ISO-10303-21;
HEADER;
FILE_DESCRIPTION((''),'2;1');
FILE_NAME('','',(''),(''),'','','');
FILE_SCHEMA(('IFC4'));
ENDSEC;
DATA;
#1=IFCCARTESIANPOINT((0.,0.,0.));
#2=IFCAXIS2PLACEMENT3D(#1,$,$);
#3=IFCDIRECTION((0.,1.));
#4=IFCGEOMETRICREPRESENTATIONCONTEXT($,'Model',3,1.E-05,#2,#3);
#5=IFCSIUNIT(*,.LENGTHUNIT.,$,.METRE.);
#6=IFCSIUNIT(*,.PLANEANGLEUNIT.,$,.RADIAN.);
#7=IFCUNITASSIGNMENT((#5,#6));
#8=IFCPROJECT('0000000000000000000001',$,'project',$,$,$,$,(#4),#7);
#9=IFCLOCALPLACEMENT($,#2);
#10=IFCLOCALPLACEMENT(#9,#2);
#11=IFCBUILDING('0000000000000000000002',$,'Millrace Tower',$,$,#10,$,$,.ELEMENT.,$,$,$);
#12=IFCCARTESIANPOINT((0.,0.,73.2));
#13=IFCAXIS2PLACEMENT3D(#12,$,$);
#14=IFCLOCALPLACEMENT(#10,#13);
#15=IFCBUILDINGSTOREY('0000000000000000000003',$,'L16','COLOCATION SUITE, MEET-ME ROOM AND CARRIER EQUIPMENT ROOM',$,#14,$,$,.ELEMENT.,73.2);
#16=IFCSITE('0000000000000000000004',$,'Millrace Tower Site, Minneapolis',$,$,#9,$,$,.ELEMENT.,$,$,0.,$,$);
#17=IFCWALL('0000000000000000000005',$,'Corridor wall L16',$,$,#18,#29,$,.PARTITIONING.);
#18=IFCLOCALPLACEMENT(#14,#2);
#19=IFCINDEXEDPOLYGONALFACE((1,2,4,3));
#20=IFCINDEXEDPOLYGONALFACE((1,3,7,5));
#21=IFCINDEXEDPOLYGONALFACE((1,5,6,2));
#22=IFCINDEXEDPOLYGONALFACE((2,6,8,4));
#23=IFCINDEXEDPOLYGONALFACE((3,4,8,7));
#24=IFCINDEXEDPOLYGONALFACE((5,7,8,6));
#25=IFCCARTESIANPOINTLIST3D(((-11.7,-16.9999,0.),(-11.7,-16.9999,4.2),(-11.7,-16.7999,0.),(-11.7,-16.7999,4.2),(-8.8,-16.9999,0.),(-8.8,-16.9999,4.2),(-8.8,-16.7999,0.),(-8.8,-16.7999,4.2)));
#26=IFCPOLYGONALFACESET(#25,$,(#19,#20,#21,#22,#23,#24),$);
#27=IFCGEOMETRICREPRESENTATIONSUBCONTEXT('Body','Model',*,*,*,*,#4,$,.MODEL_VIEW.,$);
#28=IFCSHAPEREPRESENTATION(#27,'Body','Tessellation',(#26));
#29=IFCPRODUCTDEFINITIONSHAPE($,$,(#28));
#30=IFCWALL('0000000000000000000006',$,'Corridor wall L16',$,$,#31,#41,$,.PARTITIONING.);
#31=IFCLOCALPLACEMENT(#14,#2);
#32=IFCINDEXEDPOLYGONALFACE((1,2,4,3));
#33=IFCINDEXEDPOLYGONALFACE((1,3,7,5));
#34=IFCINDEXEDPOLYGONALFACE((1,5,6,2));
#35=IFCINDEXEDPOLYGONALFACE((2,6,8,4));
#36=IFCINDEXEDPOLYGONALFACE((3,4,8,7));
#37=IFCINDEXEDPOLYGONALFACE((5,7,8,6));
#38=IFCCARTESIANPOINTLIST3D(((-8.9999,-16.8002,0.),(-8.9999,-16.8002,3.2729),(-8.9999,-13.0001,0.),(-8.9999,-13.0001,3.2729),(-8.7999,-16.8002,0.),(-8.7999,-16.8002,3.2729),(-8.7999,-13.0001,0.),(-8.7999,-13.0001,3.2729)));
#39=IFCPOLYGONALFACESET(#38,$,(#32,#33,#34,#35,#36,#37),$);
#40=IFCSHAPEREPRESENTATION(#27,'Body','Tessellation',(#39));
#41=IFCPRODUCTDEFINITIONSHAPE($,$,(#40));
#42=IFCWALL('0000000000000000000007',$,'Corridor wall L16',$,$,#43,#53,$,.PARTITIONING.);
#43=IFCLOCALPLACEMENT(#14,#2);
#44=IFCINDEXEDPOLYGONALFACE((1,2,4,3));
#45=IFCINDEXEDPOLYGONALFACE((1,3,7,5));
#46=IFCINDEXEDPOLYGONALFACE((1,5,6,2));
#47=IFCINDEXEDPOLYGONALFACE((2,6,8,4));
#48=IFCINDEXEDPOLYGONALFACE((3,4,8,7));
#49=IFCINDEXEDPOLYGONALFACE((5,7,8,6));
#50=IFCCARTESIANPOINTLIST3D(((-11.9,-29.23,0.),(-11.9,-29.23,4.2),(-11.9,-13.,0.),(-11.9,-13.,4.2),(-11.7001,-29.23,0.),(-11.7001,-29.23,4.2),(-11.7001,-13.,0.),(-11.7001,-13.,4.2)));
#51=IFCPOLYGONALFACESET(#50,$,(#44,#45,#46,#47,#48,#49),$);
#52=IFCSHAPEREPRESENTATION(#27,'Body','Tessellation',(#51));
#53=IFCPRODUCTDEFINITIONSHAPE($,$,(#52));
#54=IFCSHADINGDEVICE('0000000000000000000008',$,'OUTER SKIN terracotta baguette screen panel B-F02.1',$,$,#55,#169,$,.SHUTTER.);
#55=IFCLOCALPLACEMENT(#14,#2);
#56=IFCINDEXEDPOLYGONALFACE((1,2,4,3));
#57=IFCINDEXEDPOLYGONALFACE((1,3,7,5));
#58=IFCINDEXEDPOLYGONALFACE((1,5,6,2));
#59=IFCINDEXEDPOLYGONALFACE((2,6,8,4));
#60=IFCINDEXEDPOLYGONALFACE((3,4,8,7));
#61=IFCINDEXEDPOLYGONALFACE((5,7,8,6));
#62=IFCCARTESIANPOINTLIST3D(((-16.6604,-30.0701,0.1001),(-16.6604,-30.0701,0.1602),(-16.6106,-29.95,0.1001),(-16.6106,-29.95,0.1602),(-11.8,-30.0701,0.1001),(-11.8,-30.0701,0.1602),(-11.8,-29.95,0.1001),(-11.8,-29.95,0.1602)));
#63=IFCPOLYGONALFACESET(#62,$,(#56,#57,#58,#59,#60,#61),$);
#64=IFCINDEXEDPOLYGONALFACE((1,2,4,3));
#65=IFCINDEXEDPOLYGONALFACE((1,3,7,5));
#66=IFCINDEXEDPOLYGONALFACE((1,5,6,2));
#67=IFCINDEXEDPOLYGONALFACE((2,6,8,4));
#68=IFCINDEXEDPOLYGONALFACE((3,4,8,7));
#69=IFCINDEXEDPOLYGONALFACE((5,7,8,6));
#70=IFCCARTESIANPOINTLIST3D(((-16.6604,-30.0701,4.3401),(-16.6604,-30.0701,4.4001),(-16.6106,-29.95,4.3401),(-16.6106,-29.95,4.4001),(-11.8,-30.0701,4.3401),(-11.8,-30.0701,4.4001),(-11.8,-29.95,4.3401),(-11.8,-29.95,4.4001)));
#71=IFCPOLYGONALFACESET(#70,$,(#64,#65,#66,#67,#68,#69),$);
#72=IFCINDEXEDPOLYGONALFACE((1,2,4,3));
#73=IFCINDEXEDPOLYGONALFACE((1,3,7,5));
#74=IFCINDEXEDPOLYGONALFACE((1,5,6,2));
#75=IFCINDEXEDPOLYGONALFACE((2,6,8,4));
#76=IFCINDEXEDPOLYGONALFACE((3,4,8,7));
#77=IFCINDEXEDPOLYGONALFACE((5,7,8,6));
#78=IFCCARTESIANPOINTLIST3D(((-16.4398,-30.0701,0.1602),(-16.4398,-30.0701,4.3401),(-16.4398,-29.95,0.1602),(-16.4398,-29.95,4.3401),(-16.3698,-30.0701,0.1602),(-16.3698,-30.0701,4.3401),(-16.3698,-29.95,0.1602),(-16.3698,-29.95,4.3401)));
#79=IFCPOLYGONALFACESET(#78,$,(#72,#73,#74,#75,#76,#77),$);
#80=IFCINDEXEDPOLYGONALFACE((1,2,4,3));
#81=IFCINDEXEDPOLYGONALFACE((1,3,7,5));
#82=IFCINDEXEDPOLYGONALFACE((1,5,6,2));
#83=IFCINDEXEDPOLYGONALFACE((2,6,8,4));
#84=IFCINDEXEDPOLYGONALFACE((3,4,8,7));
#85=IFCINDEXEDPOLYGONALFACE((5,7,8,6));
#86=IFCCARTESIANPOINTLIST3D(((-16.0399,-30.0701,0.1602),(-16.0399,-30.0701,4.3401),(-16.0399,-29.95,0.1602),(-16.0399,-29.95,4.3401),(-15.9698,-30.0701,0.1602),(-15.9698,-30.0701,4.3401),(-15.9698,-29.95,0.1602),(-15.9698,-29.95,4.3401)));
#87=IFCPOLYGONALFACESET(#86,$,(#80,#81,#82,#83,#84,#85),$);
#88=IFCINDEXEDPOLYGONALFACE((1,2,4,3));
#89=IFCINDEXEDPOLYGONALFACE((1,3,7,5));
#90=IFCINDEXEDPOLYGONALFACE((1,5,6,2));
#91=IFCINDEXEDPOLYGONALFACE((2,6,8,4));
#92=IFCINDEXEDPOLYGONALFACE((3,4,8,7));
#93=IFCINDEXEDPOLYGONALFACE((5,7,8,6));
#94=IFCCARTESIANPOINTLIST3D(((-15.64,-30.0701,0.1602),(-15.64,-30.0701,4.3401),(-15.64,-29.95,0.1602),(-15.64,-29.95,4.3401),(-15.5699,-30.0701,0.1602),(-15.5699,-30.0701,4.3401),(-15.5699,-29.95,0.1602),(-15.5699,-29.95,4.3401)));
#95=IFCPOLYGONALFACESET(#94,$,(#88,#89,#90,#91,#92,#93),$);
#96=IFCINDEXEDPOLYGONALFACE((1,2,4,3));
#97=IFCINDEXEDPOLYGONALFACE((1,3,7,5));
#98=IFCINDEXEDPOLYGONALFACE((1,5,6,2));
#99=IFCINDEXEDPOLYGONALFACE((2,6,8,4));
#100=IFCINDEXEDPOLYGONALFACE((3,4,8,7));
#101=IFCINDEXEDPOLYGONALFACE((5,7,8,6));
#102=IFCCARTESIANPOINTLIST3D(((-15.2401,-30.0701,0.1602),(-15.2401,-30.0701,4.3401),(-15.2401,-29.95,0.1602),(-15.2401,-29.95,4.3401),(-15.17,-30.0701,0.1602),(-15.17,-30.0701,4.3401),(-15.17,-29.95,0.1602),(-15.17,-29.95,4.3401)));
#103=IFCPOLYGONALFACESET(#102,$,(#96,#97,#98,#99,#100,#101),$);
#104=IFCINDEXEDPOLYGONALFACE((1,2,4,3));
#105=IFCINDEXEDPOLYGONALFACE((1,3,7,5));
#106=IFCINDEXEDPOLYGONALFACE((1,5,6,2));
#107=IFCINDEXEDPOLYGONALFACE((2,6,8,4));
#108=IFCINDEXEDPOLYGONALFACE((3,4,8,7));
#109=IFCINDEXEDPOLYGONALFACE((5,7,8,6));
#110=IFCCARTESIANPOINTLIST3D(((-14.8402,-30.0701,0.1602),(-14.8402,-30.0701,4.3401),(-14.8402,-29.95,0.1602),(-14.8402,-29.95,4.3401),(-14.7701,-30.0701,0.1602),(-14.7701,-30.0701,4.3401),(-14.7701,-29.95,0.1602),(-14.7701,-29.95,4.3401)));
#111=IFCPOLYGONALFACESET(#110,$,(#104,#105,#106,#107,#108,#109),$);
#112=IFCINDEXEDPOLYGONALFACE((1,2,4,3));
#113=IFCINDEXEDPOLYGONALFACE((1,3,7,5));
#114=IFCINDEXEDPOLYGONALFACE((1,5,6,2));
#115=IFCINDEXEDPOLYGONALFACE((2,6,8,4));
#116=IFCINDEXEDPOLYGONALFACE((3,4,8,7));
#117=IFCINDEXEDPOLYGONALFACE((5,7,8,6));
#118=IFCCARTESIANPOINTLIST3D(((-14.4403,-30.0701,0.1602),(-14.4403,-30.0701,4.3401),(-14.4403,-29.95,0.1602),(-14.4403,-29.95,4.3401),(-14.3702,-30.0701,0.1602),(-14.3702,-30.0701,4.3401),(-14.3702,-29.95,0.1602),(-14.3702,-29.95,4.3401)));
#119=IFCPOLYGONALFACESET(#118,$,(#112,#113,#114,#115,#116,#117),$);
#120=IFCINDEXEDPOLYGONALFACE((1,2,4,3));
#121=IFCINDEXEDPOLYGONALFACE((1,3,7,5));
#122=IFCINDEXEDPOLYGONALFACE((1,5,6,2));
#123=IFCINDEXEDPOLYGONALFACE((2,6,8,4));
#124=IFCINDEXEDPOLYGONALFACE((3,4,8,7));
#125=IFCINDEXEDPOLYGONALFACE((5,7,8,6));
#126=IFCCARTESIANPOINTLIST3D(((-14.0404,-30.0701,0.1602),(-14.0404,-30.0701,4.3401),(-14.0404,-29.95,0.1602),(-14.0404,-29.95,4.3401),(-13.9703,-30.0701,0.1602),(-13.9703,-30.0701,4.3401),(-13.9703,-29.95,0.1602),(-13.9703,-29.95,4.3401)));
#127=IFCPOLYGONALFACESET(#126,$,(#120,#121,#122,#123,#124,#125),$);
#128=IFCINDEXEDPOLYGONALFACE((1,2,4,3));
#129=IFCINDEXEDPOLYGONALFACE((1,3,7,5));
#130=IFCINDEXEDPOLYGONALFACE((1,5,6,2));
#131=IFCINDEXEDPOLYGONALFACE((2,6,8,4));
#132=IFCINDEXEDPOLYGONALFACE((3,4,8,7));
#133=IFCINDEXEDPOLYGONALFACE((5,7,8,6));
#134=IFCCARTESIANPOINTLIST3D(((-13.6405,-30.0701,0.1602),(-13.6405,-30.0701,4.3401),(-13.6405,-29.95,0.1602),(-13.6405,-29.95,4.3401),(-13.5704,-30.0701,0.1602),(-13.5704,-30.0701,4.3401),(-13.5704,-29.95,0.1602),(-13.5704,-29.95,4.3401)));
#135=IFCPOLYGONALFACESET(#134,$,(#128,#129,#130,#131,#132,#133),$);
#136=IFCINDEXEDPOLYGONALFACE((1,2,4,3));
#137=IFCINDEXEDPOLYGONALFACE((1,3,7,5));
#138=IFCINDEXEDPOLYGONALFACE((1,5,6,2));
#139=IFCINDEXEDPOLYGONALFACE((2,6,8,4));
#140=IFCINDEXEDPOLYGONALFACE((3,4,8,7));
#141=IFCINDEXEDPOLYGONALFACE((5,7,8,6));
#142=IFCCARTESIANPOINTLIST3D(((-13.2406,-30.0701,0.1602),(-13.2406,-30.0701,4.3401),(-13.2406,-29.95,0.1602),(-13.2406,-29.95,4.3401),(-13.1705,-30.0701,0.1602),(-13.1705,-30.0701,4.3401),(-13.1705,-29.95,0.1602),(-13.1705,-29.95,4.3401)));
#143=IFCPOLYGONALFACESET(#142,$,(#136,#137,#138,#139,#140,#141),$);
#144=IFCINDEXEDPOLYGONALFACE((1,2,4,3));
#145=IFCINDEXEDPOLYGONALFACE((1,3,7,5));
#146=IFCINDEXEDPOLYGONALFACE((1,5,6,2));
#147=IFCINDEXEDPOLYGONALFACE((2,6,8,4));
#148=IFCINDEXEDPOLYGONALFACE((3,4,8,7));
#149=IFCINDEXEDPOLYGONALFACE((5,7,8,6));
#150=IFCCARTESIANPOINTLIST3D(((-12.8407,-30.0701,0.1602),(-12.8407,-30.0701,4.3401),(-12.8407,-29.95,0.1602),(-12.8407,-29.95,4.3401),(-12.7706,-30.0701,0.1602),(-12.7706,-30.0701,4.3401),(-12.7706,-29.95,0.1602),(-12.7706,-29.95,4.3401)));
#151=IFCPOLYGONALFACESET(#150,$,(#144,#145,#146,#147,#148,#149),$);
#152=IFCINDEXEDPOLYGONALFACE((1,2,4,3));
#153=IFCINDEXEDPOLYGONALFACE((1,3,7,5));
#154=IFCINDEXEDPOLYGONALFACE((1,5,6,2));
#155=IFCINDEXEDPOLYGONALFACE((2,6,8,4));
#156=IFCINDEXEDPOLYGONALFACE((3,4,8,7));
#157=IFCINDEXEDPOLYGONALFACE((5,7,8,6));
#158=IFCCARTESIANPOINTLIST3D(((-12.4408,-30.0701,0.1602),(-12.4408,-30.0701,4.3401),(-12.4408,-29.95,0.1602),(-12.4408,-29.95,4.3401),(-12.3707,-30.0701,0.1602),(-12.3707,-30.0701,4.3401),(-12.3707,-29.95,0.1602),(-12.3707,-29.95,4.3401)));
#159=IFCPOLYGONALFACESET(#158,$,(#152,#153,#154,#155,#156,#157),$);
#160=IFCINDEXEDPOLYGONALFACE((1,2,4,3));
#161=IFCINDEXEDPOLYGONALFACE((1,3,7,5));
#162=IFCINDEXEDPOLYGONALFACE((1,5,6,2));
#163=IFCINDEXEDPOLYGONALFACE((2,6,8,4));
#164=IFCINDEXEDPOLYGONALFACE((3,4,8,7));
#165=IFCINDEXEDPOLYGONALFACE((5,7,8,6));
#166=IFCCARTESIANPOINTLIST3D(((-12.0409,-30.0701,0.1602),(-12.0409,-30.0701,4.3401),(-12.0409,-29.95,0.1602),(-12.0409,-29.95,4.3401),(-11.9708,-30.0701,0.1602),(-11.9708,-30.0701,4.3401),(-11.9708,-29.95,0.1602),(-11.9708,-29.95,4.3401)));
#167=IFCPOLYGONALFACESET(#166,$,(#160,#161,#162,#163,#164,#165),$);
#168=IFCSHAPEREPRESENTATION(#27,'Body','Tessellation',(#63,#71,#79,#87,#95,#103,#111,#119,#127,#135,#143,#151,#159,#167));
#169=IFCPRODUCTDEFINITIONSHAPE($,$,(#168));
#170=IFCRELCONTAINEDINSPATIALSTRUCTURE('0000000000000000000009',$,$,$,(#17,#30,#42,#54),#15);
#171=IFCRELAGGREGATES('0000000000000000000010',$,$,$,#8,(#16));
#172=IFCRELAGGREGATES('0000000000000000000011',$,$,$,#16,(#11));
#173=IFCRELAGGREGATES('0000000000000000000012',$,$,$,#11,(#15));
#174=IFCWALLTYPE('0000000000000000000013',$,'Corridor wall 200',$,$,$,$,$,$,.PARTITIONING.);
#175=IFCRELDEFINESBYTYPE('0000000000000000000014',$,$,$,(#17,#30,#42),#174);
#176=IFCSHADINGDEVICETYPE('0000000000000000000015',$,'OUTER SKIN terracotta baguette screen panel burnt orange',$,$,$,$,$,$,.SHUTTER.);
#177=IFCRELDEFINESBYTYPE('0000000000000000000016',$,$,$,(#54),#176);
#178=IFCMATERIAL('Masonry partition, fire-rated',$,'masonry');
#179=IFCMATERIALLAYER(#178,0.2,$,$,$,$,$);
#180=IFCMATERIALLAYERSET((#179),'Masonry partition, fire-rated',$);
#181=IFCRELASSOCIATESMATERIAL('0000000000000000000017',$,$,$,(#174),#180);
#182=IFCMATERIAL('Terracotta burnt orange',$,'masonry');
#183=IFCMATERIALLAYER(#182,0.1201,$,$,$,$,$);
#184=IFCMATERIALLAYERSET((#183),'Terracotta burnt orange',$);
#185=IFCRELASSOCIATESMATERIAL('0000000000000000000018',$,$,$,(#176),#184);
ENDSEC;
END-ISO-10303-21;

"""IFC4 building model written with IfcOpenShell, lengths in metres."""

from ifc_helpers import new_model, entity, si_unit, direction, frame, frame_2d, origin, place, context, subcontext, project, spatial, rectangle, extrude, source, transform, mapped, material, layer, layer_set, type_object, element, save


model = new_model("IFC4")

# Units and contexts
model_context = context("Model", 3, precision=1e-05, world=origin(), true_north=direction((0.0, 1.0)))
body_context = subcontext(model_context, "Body", "Model", "MODEL_VIEW")
ifc_project = project(units=[si_unit("LENGTHUNIT", "METRE"), si_unit("PLANEANGLEUNIT", "RADIAN")], contexts=[model_context])

# Site, building, storey
site_placement = place(None, origin())
site = spatial("IfcSite", under=ifc_project, at=site_placement, Name="Millrace Tower Site, Minneapolis", CompositionType="ELEMENT", RefElevation=0.0)
building_placement = place(site_placement, origin())
building = spatial("IfcBuilding", under=site, at=building_placement, Name="Millrace Tower", CompositionType="ELEMENT")
storey_placement = place(building_placement, frame((0.0, 0.0, 73.2)))
storey = spatial("IfcBuildingStorey", under=building, at=storey_placement, Name="L16", Description="COLOCATION SUITE, MEET-ME ROOM AND CARRIER EQUIPMENT ROOM", CompositionType="ELEMENT", Elevation=73.2)

# Walls
ifc_material_1 = material(Name="Masonry partition, fire-rated", Category="masonry")
ifc_layer_1 = layer(ifc_material_1, 0.2)
ifc_layer_set_1 = layer_set([ifc_layer_1], Name="Masonry partition, fire-rated")
wall_type = type_object("IfcWallType", Name="Corridor wall 200", PredefinedType="PARTITIONING", material=ifc_layer_set_1)
wall_1_placement = place(storey_placement, frame((-11.7, -16.8999, 0.0), z_axis=(0.0, 0.0, 1.0), x_axis=(1.0, 0.0, 0.0)))
element("IfcWall", 1, at=wall_1_placement, inside=storey, type_object=wall_type, Name="Corridor wall L16", PredefinedType="PARTITIONING", context=body_context, shape_type="SweptSolid", body=[
    extrude(rectangle(XDim=2.8999, YDim=0.2, at=frame_2d((1.45, 0.0))), origin(), (0.0, 0.0, 1.0), 4.2),
])
wall_2_placement = place(storey_placement, frame((-8.8999, -16.8, 0.0), z_axis=(0.0, 0.0, 1.0), x_axis=(0.0, 1.0, 0.0)))
element("IfcWall", 2, at=wall_2_placement, inside=storey, type_object=wall_type, Name="Corridor wall L16", PredefinedType="PARTITIONING", context=body_context, shape_type="SweptSolid", body=[
    extrude(rectangle(XDim=3.8, YDim=0.2, at=frame_2d((1.8999, 0.0))), origin(), (0.0, 0.0, 1.0), 3.2729),
])
wall_3_placement = place(storey_placement, frame((-11.8, -29.23, 0.0), z_axis=(0.0, 0.0, 1.0), x_axis=(0.0, 1.0, 0.0)))
element("IfcWall", 3, at=wall_3_placement, inside=storey, type_object=wall_type, Name="Corridor wall L16", PredefinedType="PARTITIONING", context=body_context, shape_type="SweptSolid", body=[
    extrude(rectangle(XDim=16.23, YDim=0.2, at=frame_2d((8.115, 0.0))), origin(), (0.0, 0.0, 1.0), 4.2),
])

# Shading device
ifc_material_2 = material(Name="Terracotta burnt orange", Category="masonry")
ifc_layer_2 = layer(ifc_material_2, 0.1201)
ifc_layer_set_2 = layer_set([ifc_layer_2], Name="Terracotta burnt orange")
shading_device_type = type_object("IfcShadingDeviceType", Name="OUTER SKIN terracotta baguette screen panel burnt orange", PredefinedType="SHUTTER", material=ifc_layer_set_2)
cartesian_point_1 = entity("IfcCartesianPoint", [-2.3928, 0.0601])
shared_polyline_1 = entity("IfcPolyline", [cartesian_point_1, entity("IfcCartesianPoint", [2.4177, 0.0601]), entity("IfcCartesianPoint", [2.4177, -0.0601]), entity("IfcCartesianPoint", [-2.4426, -0.0601]), cartesian_point_1])
shared_shape_1 = source(origin(), body_context, "Body", "SweptSolid", [
    entity("IfcExtrudedAreaSolid", entity("IfcArbitraryClosedProfileDef", "AREA", None, shared_polyline_1), entity("IfcAxis2Placement3D", entity("IfcCartesianPoint", [0.0, 0.0, 0.0])), entity("IfcDirection", [0.0, 0.0, 1.0]), 0.0601),
    entity("IfcExtrudedAreaSolid", entity("IfcArbitraryClosedProfileDef", "AREA", None, shared_polyline_1), entity("IfcAxis2Placement3D", entity("IfcCartesianPoint", [0.0, 0.0, 4.24])), entity("IfcDirection", [0.0, 0.0, 1.0]), 0.0601),
    extrude(rectangle(XDim=0.0701, YDim=0.1201, at=frame_2d((-2.187, 0.0))), frame((0.0, 0.0, 0.0601)), (0.0, 0.0, 1.0), 4.1799),
    extrude(rectangle(XDim=0.0701, YDim=0.1201, at=frame_2d((-1.7871, 0.0))), frame((0.0, 0.0, 0.0601)), (0.0, 0.0, 1.0), 4.1799),
    extrude(rectangle(XDim=0.0701, YDim=0.1201, at=frame_2d((-1.3872, 0.0))), frame((0.0, 0.0, 0.0601)), (0.0, 0.0, 1.0), 4.1799),
    extrude(rectangle(XDim=0.0701, YDim=0.1201, at=frame_2d((-0.9873, 0.0))), frame((0.0, 0.0, 0.0601)), (0.0, 0.0, 1.0), 4.1799),
    extrude(rectangle(XDim=0.0701, YDim=0.1201, at=frame_2d((-0.5874, 0.0))), frame((0.0, 0.0, 0.0601)), (0.0, 0.0, 1.0), 4.1799),
    extrude(rectangle(XDim=0.0701, YDim=0.1201, at=frame_2d((-0.1875, 0.0))), frame((0.0, 0.0, 0.0601)), (0.0, 0.0, 1.0), 4.1799),
    extrude(rectangle(XDim=0.0701, YDim=0.1201, at=frame_2d((0.2124, 0.0))), frame((0.0, 0.0, 0.0601)), (0.0, 0.0, 1.0), 4.1799),
    extrude(rectangle(XDim=0.0701, YDim=0.1201, at=frame_2d((0.6123, 0.0))), frame((0.0, 0.0, 0.0601)), (0.0, 0.0, 1.0), 4.1799),
    extrude(rectangle(XDim=0.0701, YDim=0.1201, at=frame_2d((1.0122, 0.0))), frame((0.0, 0.0, 0.0601)), (0.0, 0.0, 1.0), 4.1799),
    extrude(rectangle(XDim=0.0701, YDim=0.1201, at=frame_2d((1.4121, 0.0))), frame((0.0, 0.0, 0.0601)), (0.0, 0.0, 1.0), 4.1799),
    extrude(rectangle(XDim=0.0701, YDim=0.1201, at=frame_2d((1.812, 0.0))), frame((0.0, 0.0, 0.0601)), (0.0, 0.0, 1.0), 4.1799),
    extrude(rectangle(XDim=0.0701, YDim=0.1201, at=frame_2d((2.2119, 0.0))), frame((0.0, 0.0, 0.0601)), (0.0, 0.0, 1.0), 4.1799),
])
shading_device_placement = place(storey_placement, frame((-14.2178, -30.01, 0.1001), z_axis=(0.0, 0.0, 1.0), x_axis=(1.0, 0.0, 0.0)))
element("IfcShadingDevice", 4, at=shading_device_placement, inside=storey, type_object=shading_device_type, Name="OUTER SKIN terracotta baguette screen panel B-F02.1", PredefinedType="SHUTTER", context=body_context, shape_type="MappedRepresentation", body=[
    mapped(shared_shape_1, transform((0.0, 0.0, 0.0), scale=1.0)),
])

save(model, "model.ifc")
